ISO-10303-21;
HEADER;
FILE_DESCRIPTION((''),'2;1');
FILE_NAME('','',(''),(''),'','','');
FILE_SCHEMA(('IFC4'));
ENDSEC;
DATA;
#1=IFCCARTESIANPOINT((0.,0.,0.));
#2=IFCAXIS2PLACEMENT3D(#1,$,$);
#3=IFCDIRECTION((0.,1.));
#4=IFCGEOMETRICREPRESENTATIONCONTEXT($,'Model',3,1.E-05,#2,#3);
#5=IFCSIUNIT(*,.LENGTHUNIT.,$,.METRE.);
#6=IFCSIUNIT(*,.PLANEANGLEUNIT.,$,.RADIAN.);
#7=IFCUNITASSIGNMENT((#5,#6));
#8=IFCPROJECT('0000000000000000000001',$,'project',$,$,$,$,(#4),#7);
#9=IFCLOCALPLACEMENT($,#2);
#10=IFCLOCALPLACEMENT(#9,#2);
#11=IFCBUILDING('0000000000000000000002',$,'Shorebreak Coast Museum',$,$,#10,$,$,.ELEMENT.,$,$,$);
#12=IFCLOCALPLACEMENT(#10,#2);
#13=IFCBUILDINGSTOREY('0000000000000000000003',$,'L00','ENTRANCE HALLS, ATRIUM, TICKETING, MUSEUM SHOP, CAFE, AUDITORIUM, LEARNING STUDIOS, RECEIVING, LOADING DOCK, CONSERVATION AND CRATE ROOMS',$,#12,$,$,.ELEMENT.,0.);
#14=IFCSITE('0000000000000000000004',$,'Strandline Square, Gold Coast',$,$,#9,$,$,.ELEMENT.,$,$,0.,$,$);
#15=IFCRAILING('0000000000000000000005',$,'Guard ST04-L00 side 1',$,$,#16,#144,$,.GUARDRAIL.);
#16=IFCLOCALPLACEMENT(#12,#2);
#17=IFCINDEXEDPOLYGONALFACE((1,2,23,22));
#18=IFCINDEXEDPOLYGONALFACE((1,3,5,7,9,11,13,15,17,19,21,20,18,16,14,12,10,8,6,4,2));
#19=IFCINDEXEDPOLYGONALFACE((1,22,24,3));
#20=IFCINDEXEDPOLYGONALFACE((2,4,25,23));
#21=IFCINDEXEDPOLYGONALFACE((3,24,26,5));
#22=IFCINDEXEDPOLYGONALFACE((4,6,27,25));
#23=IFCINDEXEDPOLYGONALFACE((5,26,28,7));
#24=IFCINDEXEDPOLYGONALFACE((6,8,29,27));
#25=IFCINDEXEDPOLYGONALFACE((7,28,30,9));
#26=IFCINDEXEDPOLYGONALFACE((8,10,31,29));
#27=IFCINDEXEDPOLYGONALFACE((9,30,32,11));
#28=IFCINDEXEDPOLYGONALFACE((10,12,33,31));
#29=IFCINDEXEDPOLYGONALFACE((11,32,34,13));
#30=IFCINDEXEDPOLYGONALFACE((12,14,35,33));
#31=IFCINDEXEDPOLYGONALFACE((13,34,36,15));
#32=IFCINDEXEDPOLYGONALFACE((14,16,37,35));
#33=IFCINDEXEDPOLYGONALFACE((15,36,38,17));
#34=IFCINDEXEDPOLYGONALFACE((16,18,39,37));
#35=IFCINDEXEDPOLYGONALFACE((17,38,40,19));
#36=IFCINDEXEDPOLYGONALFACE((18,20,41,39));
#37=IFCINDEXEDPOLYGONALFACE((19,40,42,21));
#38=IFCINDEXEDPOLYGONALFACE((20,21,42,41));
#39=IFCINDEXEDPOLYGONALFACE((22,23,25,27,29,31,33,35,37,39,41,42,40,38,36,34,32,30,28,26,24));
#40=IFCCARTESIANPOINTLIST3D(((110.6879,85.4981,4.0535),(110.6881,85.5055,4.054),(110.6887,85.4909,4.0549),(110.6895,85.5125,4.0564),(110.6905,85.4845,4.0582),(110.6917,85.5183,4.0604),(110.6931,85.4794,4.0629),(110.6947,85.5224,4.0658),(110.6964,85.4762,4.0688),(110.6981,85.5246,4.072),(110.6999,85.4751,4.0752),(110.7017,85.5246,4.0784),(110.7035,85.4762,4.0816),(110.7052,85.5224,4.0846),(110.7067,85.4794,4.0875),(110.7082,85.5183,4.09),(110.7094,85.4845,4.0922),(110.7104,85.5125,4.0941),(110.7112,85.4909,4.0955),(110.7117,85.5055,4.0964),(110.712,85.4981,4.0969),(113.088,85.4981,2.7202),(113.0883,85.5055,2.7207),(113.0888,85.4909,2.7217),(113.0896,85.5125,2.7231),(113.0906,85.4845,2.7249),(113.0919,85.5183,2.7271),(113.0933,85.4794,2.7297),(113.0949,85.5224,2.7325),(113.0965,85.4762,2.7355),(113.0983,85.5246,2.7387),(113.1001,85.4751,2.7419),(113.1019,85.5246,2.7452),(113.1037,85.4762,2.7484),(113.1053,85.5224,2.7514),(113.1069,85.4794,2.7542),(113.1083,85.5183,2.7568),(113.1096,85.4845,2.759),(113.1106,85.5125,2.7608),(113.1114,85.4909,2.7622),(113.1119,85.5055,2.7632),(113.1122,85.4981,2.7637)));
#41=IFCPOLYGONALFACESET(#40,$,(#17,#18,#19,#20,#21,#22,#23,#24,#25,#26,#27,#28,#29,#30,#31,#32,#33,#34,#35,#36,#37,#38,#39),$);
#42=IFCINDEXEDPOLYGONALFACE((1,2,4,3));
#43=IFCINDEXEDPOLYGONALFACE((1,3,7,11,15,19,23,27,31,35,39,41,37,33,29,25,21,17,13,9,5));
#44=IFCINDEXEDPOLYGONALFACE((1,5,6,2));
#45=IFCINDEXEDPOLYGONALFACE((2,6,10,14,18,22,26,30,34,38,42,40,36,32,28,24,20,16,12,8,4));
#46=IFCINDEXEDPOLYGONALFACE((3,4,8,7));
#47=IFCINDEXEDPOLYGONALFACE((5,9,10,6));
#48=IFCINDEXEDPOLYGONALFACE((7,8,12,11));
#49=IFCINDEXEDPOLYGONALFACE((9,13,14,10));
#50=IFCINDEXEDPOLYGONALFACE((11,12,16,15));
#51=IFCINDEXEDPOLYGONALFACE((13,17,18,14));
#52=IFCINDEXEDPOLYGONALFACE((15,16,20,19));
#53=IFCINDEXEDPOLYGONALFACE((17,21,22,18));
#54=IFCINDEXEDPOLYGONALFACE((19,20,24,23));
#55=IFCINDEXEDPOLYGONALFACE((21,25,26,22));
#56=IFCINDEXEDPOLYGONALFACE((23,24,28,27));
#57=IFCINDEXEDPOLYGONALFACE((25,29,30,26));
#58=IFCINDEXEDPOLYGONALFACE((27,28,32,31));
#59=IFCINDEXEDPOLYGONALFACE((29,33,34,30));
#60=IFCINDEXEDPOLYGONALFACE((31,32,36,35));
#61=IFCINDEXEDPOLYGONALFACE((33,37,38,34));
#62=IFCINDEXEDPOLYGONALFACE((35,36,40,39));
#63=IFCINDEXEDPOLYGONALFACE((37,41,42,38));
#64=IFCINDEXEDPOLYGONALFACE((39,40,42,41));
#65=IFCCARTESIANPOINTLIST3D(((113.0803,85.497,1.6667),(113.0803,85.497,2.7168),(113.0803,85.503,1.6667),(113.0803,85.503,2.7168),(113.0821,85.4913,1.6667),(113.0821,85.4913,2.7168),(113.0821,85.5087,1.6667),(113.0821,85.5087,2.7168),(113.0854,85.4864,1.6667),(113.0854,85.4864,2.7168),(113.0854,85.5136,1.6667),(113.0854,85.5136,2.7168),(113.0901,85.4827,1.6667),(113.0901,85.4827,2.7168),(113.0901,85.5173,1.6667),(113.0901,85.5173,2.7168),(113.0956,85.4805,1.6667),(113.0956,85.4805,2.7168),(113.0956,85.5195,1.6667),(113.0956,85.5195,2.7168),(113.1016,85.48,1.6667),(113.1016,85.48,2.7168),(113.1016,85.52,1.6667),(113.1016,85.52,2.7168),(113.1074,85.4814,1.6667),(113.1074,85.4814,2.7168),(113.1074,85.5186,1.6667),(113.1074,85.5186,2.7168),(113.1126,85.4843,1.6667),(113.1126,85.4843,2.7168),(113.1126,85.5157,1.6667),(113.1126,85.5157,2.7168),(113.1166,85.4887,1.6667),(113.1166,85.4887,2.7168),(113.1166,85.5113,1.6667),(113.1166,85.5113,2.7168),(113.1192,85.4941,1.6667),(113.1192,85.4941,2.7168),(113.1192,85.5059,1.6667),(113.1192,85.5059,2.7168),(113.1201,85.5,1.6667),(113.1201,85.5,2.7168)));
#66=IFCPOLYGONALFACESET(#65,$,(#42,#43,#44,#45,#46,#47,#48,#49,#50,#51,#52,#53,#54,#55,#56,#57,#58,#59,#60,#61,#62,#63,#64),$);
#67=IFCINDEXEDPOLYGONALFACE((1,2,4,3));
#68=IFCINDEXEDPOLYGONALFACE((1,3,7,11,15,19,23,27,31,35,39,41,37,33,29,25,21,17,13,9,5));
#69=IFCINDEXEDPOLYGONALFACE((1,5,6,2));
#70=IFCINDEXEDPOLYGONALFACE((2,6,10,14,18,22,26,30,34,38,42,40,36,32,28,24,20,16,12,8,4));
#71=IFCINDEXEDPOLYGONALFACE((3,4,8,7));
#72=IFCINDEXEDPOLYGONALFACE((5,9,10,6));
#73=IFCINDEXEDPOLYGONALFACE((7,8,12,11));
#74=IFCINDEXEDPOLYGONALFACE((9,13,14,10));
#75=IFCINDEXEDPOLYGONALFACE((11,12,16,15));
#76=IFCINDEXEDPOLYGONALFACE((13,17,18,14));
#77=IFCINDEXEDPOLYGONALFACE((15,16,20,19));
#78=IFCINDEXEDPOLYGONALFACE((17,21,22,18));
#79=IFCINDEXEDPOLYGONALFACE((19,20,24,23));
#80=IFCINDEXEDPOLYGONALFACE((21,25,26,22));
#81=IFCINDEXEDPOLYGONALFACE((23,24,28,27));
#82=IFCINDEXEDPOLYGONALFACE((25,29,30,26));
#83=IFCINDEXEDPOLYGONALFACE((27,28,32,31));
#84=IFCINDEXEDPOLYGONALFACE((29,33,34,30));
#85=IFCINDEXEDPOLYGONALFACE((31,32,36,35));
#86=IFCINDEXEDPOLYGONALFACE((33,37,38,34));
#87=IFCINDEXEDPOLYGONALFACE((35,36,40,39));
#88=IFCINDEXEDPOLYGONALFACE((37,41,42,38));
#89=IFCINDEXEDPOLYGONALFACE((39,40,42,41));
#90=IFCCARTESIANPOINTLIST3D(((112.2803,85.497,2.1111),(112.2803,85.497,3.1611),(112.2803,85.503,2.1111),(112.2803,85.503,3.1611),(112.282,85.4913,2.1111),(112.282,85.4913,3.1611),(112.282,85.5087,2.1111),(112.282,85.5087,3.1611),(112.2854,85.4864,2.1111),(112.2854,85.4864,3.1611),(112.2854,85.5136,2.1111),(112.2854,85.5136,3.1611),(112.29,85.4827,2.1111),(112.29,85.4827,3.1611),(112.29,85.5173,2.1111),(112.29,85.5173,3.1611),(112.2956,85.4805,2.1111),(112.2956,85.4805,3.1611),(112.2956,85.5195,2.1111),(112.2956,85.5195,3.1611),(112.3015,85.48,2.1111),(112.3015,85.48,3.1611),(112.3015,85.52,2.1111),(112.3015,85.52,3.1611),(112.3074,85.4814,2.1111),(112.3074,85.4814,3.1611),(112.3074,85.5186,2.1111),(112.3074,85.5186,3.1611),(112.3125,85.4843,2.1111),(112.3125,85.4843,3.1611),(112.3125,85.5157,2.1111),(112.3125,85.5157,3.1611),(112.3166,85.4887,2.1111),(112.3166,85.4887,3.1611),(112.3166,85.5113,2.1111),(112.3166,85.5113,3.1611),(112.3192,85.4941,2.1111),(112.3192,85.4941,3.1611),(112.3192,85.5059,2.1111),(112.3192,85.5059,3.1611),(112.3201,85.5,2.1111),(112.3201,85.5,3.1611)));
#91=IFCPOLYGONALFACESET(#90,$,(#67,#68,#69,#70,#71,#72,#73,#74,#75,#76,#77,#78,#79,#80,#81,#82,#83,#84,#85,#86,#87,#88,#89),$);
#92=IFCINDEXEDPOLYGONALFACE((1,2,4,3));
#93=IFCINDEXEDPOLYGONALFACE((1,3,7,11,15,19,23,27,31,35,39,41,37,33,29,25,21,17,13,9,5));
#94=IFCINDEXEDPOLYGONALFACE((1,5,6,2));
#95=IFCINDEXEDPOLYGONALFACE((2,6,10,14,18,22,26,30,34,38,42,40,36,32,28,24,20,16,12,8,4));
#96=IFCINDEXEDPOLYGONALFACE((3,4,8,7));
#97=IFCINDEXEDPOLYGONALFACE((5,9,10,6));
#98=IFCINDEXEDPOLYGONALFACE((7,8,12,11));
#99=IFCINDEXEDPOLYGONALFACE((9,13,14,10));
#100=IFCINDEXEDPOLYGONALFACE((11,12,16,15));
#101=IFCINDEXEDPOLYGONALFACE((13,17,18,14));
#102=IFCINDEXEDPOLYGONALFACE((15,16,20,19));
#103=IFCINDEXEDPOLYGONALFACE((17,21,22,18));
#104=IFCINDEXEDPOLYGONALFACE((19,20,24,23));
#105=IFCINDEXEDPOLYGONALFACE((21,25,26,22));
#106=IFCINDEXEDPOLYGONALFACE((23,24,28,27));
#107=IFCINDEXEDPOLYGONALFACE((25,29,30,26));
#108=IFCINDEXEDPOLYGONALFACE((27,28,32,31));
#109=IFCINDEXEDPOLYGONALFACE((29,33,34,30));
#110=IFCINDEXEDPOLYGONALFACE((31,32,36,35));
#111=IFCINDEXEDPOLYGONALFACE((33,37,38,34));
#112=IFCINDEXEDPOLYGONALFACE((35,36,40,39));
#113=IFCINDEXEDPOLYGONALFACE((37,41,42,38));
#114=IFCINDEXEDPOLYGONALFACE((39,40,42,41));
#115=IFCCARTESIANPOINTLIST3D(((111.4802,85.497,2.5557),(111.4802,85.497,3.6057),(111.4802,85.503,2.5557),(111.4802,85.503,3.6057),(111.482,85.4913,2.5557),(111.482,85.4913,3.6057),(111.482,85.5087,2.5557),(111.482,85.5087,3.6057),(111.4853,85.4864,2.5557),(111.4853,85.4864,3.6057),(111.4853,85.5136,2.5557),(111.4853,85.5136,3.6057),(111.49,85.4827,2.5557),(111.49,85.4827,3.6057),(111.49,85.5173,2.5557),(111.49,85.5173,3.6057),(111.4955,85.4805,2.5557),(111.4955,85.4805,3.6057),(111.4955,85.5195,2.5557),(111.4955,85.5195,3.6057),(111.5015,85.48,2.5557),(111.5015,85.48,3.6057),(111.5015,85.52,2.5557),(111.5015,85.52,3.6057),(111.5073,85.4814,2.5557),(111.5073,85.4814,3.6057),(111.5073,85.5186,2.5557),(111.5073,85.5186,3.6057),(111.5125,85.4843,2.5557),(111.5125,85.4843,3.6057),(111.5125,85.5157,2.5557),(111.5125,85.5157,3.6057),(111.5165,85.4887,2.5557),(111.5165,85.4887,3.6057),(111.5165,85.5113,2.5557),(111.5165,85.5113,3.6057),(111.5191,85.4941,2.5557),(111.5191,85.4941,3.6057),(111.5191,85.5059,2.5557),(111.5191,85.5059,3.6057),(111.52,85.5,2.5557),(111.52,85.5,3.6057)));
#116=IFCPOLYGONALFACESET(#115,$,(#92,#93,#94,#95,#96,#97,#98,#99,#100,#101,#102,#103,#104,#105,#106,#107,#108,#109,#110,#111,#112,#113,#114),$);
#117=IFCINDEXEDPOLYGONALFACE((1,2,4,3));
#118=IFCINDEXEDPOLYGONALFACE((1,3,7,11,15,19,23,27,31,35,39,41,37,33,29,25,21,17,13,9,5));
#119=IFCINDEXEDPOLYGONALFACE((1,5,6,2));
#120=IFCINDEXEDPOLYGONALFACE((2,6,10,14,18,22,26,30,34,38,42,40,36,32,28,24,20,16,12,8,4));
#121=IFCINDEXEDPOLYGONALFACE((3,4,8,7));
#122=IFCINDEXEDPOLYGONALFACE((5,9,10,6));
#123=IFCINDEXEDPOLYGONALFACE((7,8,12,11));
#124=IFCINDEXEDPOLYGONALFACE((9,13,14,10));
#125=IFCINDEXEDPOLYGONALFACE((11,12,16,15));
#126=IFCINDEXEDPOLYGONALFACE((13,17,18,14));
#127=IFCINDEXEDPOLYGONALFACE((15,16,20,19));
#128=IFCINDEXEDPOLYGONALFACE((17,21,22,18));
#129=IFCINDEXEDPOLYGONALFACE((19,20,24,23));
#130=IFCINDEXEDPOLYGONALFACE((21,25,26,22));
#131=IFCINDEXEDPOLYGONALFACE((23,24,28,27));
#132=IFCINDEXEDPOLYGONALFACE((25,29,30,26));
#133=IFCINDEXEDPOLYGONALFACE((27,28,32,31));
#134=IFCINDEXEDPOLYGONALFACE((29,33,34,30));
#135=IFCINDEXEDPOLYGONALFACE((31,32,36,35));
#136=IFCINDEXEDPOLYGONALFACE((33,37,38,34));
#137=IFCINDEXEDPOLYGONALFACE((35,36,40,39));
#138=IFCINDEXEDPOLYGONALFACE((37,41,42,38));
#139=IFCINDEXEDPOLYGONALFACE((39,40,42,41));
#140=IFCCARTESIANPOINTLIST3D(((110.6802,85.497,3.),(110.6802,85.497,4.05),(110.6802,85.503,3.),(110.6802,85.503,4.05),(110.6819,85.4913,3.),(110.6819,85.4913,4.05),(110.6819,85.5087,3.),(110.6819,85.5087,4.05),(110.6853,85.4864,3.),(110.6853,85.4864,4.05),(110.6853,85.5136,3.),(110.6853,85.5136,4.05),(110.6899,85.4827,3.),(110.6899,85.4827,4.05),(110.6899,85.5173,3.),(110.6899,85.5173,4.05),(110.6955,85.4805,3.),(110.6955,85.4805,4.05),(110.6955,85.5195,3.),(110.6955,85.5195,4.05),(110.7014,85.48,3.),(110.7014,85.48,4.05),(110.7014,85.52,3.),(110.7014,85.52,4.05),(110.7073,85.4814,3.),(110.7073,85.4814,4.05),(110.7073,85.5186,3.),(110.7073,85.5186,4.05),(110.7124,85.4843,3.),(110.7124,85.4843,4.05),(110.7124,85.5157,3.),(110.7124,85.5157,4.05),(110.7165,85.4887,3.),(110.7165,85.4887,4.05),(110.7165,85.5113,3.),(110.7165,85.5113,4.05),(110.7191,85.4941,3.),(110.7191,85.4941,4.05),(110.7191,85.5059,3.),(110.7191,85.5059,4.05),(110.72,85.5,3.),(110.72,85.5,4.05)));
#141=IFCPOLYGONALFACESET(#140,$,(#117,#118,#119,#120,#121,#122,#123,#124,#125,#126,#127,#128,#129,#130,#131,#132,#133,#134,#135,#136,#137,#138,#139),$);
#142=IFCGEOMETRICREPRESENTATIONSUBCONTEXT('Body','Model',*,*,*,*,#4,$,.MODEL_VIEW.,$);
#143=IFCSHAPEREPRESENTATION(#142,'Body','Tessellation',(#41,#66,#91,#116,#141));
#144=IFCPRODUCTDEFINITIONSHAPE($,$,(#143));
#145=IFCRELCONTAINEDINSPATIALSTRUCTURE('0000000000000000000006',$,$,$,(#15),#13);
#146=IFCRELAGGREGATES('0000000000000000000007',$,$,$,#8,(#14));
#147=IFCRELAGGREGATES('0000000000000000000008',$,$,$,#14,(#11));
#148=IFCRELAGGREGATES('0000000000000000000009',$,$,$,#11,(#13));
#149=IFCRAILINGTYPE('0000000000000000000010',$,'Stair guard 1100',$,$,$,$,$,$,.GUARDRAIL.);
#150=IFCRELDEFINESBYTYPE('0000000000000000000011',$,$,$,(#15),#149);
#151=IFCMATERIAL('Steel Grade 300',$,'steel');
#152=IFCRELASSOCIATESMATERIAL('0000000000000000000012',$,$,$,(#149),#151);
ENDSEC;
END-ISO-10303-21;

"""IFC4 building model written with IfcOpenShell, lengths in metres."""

from ifc_helpers import new_model, si_unit, direction, frame, origin, origin_2d, place, context, subcontext, project, spatial, circle, extrude, material, type_object, element, save


model = new_model("IFC4")

# Units and contexts
model_context = context("Model", 3, precision=1e-05, world=origin(), true_north=direction((0.0, 1.0)))
body_context = subcontext(model_context, "Body", "Model", "MODEL_VIEW")
ifc_project = project(units=[si_unit("LENGTHUNIT", "METRE"), si_unit("PLANEANGLEUNIT", "RADIAN")], contexts=[model_context])

# Site, building, storey
site_placement = place(None, origin())
site = spatial("IfcSite", under=ifc_project, at=site_placement, Name="Strandline Square, Gold Coast", CompositionType="ELEMENT", RefElevation=0.0)
building_placement = place(site_placement, origin())
building = spatial("IfcBuilding", under=site, at=building_placement, Name="Shorebreak Coast Museum", CompositionType="ELEMENT")
storey_placement = place(building_placement, origin())
storey = spatial("IfcBuildingStorey", under=building, at=storey_placement, Name="L00", Description="ENTRANCE HALLS, ATRIUM, TICKETING, MUSEUM SHOP, CAFE, AUDITORIUM, LEARNING STUDIOS, RECEIVING, LOADING DOCK, CONSERVATION AND CRATE ROOMS", CompositionType="ELEMENT", Elevation=0.0)

# Railing
ifc_material_1 = material(Name="Steel Grade 300", Category="steel")
railing_type_1 = type_object("IfcRailingType", Name="Stair guard 1100", PredefinedType="GUARDRAIL", material=ifc_material_1)
for number, where, name in (
    (1, (113.1001, 85.5, 1.6667), "Guard ST04-L00 side 1"),
):
    element("IfcRailing", number, at=place(storey_placement, frame(where)), inside=storey, type_object=railing_type_1, Name=name, PredefinedType="GUARDRAIL", context=body_context, shape_type="SweptSolid", body=[
        extrude(circle(Radius=0.0249, at=origin_2d()), frame((0.0, 0.0, 1.0752), z_axis=(-0.874182, 0.0, 0.485598), x_axis=(0.0, -1.0, 0.0)), (0.0, 0.0, 1.0), 2.7456),
        extrude(circle(Radius=0.02, at=origin_2d()), origin(), (0.0, 0.0, 1.0), 1.05),
        extrude(circle(Radius=0.02, at=origin_2d()), frame((-0.8, 0.0, 0.4443)), (0.0, 0.0, 1.0), 1.05),
        extrude(circle(Radius=0.02, at=origin_2d()), frame((-1.6001, 0.0, 0.8889)), (0.0, 0.0, 1.0), 1.05),
        extrude(circle(Radius=0.02, at=origin_2d()), frame((-2.4001, 0.0, 1.3333)), (0.0, 0.0, 1.0), 1.05),
    ])

save(model, "model.ifc")
